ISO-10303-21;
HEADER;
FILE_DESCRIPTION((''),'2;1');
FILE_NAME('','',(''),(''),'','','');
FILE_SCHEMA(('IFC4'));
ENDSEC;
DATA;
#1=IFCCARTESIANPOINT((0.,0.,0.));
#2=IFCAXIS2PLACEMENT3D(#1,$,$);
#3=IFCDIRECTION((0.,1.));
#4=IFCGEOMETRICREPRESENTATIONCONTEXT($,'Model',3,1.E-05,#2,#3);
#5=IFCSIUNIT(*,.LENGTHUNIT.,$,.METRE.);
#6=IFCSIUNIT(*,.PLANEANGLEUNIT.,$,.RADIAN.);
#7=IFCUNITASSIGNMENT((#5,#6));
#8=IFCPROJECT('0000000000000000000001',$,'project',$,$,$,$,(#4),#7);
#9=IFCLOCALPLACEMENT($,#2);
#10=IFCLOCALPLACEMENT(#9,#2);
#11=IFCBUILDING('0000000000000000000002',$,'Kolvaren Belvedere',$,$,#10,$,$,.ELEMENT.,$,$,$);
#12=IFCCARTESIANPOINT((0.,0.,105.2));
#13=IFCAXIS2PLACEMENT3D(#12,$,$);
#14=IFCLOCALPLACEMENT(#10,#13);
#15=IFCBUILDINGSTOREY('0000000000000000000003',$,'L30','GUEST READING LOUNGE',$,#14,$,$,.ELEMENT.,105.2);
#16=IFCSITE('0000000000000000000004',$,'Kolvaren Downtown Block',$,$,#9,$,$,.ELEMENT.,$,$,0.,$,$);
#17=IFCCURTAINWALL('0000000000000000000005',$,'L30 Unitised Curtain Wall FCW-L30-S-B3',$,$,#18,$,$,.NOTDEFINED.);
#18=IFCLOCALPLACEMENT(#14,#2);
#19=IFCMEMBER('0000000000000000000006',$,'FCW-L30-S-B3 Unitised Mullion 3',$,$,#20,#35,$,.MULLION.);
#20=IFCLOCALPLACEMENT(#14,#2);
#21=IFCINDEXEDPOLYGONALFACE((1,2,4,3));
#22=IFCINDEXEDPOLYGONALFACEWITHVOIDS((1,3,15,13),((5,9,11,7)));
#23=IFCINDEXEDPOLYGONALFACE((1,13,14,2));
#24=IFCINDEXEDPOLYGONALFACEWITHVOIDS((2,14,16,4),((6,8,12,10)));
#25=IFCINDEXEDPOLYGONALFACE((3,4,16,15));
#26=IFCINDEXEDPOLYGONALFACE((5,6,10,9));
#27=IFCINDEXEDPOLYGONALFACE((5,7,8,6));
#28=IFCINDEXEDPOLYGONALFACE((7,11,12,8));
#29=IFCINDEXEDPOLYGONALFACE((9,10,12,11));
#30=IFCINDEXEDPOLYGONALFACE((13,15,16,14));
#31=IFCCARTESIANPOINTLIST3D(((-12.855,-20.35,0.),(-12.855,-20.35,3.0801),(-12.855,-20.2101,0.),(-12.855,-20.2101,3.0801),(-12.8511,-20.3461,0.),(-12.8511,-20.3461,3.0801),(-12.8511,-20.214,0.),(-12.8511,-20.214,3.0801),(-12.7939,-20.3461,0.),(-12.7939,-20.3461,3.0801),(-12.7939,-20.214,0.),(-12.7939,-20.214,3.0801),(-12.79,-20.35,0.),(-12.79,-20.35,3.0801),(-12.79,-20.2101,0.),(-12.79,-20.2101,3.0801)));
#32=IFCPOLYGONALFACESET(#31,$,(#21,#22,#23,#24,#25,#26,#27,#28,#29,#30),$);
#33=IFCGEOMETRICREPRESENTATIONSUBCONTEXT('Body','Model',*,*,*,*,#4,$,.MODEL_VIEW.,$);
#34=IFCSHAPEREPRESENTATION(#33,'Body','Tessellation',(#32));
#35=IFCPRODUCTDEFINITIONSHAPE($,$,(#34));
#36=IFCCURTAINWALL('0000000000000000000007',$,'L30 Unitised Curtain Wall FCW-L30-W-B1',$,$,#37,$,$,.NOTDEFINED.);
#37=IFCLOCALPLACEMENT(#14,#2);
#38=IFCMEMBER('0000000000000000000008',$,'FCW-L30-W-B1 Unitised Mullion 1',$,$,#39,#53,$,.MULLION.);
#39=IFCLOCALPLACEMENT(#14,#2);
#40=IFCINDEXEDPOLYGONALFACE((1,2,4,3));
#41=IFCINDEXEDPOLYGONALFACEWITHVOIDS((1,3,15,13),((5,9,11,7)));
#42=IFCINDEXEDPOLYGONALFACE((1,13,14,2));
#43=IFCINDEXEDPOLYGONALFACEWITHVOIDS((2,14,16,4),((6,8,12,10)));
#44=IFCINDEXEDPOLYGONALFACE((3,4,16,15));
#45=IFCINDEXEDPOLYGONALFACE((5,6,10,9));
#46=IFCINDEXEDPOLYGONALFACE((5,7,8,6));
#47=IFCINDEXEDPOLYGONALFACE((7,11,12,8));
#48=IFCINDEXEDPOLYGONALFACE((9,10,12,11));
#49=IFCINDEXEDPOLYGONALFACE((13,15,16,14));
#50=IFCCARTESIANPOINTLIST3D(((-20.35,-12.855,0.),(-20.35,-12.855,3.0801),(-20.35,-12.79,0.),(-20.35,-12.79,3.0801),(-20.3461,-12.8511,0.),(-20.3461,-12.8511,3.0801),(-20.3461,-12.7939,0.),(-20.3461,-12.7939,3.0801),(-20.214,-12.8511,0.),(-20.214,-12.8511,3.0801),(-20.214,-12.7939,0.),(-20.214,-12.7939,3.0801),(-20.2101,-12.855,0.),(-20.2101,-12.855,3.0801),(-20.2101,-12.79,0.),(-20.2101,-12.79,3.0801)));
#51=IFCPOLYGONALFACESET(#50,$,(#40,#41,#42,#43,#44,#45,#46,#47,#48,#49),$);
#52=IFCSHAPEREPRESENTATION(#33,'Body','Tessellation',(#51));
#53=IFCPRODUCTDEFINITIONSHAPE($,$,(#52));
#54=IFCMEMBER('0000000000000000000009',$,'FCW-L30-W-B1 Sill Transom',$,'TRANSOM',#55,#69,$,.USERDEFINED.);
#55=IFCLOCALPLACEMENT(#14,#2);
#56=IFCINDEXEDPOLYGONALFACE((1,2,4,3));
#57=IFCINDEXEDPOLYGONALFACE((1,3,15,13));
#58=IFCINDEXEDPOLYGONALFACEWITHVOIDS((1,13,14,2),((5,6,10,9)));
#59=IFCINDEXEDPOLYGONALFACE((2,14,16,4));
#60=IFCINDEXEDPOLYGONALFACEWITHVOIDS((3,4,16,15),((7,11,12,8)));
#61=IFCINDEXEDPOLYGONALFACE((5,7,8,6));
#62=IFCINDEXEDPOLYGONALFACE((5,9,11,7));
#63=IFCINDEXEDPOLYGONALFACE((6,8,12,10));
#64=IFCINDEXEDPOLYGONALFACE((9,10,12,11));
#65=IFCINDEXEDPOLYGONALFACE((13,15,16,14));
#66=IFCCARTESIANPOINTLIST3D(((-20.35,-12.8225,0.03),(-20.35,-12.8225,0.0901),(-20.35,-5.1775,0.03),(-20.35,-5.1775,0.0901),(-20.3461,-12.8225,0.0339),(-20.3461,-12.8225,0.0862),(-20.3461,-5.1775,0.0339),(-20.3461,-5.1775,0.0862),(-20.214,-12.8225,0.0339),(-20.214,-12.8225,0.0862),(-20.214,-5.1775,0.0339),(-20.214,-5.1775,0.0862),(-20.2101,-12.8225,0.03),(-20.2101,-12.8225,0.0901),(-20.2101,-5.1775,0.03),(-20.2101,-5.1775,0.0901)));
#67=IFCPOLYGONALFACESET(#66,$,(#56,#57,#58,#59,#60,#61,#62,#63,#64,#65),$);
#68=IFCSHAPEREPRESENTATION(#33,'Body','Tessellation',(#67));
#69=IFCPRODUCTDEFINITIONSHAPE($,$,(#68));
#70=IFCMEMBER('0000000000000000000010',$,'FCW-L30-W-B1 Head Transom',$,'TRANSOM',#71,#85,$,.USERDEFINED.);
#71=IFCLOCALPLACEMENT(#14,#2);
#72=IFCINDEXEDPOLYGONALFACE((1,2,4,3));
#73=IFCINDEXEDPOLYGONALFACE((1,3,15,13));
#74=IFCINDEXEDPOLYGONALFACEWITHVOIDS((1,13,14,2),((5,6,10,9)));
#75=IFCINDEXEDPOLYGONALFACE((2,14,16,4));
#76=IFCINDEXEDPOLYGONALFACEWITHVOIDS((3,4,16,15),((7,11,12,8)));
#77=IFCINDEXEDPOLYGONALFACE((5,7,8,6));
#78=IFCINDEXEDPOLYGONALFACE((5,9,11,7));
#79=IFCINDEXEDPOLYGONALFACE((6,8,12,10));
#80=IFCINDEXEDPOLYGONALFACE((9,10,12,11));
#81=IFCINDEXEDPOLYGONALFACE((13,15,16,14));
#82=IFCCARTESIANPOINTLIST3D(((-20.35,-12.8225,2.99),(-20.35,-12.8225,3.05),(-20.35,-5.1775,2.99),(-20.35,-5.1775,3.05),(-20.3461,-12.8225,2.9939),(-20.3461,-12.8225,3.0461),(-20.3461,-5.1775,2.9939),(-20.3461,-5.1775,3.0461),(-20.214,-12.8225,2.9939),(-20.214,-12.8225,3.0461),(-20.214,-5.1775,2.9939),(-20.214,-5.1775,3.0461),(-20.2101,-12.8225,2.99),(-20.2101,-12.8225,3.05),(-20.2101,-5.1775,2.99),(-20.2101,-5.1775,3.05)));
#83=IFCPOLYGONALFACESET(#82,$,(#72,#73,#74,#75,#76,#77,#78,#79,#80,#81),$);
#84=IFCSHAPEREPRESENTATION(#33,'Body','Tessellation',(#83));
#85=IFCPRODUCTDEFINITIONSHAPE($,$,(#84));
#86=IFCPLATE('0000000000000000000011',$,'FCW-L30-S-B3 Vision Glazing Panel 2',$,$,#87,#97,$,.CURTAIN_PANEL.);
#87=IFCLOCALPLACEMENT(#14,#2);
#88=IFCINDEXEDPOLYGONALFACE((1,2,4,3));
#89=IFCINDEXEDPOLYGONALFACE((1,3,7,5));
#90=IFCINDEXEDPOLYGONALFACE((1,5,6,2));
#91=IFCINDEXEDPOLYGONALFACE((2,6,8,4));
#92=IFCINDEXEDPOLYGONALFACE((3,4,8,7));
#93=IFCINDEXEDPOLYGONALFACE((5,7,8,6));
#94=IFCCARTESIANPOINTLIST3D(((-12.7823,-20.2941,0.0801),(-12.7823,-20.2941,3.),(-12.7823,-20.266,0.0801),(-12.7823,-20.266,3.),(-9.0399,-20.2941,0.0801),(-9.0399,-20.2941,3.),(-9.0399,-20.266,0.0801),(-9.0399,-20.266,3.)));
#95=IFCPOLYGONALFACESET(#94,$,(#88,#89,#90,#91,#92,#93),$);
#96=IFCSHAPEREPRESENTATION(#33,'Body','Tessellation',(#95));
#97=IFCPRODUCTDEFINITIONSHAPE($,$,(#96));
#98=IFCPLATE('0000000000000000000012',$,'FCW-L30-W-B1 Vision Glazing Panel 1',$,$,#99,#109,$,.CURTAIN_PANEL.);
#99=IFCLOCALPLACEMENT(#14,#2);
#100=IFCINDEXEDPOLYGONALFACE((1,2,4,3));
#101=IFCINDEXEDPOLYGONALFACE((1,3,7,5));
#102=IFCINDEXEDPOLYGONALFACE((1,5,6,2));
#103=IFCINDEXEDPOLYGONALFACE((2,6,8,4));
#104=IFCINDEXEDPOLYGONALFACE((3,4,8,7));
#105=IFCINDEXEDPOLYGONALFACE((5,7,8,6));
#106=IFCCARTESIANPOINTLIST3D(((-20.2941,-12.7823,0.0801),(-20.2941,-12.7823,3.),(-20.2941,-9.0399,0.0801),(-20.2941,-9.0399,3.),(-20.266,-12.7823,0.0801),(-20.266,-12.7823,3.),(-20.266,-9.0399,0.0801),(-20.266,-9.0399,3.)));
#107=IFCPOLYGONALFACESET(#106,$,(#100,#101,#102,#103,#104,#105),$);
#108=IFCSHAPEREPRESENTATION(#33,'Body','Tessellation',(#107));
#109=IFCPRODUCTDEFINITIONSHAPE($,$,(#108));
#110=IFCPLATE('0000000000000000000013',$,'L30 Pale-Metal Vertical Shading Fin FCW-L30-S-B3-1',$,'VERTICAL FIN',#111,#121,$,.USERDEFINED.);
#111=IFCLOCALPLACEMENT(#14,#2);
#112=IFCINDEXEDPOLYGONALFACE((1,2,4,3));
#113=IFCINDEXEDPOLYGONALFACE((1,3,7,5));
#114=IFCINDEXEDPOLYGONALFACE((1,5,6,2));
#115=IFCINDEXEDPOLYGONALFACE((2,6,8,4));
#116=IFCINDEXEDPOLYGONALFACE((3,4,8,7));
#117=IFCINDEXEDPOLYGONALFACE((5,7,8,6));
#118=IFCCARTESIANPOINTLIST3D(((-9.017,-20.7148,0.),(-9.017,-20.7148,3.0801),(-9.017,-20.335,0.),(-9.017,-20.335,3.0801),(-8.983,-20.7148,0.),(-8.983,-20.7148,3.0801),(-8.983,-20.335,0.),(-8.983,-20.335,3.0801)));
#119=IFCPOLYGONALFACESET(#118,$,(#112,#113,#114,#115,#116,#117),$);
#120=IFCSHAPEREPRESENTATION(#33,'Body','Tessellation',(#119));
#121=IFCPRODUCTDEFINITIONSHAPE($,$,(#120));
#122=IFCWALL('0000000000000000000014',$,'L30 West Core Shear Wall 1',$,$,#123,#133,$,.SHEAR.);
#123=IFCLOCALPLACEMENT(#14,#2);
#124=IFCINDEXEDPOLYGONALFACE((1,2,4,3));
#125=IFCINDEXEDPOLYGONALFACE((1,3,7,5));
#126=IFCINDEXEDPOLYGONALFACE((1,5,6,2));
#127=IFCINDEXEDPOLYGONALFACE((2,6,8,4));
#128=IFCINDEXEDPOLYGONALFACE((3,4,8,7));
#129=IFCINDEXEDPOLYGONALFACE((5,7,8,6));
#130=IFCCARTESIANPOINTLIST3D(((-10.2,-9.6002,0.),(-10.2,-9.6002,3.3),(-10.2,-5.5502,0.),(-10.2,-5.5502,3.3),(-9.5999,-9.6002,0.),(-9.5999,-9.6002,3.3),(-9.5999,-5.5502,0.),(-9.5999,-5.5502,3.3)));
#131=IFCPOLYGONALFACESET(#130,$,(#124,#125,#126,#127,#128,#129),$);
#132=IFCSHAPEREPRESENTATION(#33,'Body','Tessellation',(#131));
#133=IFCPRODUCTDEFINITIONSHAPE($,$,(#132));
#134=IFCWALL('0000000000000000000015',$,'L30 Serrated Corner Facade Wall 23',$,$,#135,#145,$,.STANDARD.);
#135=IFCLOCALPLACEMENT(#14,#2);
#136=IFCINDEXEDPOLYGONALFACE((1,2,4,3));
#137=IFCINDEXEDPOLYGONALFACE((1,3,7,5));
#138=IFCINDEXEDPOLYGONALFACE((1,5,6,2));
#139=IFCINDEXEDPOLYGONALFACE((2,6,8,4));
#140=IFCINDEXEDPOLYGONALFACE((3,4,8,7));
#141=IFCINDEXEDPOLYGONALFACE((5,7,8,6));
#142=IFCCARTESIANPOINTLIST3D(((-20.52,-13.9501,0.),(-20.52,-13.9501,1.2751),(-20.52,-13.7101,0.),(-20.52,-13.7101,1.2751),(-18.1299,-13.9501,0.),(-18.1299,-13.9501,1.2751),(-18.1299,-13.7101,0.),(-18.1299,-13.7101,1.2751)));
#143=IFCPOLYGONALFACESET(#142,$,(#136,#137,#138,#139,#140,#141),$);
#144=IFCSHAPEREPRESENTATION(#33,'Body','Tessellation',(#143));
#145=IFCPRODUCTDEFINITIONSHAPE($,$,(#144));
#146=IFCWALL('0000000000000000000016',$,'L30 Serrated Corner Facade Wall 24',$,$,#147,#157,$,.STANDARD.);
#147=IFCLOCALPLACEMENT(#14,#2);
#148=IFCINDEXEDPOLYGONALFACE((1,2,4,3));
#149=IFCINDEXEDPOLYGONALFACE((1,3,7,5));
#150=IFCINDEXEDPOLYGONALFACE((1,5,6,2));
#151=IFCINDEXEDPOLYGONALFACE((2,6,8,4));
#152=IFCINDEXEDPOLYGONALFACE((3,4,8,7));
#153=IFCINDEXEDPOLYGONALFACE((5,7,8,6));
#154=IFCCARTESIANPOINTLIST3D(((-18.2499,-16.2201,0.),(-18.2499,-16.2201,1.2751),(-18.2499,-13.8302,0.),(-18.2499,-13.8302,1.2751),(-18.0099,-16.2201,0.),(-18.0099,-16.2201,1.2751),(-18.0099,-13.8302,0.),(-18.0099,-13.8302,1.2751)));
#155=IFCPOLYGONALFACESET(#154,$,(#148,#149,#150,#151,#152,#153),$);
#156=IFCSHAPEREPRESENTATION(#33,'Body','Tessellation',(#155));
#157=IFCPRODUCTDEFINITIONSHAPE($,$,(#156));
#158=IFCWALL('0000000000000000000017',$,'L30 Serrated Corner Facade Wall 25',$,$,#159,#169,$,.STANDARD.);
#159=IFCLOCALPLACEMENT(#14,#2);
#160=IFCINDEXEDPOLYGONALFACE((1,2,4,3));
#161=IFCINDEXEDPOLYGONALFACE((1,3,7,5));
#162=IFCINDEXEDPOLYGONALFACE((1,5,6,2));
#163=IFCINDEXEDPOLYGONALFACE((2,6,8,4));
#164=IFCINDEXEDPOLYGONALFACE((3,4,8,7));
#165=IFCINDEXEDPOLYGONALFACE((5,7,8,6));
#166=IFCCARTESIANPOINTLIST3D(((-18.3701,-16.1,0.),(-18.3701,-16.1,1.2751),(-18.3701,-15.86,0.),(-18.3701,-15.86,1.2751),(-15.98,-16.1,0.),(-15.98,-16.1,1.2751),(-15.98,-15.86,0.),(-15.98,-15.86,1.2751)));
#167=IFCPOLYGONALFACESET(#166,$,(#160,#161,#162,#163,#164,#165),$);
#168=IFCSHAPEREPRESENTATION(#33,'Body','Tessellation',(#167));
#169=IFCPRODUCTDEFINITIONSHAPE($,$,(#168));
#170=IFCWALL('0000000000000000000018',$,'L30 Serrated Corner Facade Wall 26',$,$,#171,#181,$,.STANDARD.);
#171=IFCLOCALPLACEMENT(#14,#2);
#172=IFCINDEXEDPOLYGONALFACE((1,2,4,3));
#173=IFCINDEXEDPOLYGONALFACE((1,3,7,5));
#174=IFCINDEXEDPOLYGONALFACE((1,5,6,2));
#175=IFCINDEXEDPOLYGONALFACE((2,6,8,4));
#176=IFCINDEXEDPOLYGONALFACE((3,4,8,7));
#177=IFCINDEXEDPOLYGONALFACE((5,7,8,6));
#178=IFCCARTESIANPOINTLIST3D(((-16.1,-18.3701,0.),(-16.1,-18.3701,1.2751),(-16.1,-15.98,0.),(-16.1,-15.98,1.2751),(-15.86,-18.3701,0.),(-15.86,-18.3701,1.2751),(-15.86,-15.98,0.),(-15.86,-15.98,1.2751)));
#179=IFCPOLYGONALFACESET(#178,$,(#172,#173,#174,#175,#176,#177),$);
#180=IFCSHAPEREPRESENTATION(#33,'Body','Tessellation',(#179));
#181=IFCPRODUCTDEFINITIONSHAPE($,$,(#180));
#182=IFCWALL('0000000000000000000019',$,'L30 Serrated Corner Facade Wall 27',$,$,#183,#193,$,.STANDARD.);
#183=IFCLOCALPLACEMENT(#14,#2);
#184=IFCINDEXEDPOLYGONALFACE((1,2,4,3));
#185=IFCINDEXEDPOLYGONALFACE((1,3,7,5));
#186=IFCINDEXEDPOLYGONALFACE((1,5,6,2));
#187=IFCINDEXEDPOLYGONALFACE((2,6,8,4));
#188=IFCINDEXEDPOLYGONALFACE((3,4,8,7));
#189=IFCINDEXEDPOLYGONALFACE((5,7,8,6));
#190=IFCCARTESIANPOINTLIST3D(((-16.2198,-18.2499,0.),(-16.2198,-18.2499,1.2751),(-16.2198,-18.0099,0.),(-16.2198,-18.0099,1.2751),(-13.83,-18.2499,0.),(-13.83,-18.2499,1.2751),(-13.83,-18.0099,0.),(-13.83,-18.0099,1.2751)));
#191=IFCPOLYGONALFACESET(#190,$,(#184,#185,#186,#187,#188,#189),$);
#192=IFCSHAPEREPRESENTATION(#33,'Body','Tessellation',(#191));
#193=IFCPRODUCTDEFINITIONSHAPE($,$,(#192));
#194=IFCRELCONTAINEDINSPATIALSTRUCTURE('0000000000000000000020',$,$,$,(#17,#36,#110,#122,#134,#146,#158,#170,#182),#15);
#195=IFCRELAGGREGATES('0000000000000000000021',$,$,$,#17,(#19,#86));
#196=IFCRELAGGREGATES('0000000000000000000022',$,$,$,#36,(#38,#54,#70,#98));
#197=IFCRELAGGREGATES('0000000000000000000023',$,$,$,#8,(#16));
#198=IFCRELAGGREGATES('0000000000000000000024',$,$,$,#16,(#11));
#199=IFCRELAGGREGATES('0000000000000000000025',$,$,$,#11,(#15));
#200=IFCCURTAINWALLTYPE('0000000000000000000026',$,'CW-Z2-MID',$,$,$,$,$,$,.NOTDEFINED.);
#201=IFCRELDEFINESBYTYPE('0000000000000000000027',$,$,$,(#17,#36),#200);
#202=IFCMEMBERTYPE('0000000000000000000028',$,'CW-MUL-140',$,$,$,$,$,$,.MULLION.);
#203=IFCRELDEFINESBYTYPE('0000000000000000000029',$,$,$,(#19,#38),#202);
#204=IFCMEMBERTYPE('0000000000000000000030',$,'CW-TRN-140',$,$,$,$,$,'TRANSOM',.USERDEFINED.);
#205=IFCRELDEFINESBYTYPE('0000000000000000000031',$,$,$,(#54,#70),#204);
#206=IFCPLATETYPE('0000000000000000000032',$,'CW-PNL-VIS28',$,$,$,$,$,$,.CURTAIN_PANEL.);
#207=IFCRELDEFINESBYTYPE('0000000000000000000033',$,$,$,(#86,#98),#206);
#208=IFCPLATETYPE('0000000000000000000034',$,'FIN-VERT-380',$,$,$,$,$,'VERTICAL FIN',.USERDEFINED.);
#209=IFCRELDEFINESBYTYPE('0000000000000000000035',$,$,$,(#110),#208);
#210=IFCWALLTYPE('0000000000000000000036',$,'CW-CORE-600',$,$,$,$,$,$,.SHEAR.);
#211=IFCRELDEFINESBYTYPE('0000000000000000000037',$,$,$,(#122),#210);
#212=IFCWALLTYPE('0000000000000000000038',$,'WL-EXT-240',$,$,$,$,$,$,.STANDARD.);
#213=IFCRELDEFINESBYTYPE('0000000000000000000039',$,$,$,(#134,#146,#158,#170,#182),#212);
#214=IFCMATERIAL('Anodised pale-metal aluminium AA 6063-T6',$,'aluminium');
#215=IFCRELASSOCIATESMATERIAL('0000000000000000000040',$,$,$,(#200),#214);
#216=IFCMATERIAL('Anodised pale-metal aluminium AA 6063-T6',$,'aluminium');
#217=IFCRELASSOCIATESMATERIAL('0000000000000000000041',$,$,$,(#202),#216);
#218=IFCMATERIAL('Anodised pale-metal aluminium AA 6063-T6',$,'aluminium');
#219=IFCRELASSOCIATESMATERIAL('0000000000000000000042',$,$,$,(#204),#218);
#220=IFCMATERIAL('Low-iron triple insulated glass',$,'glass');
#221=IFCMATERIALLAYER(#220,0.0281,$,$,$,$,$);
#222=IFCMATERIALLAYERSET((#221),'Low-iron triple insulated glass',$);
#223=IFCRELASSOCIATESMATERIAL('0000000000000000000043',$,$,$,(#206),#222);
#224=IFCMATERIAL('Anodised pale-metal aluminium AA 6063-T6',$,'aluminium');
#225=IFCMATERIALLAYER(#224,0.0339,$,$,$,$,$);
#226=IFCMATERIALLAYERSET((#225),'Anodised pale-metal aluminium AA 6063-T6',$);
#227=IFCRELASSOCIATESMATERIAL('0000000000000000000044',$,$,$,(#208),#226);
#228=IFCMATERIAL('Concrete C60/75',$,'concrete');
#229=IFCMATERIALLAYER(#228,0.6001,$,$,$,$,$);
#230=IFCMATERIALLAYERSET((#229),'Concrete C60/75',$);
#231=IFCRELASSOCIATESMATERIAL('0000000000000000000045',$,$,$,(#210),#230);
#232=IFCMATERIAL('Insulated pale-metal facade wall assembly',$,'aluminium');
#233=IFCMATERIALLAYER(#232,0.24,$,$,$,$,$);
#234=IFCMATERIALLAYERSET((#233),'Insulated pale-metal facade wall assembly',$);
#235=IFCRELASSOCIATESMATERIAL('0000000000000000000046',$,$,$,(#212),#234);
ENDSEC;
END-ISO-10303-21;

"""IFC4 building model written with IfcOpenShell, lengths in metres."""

from ifc_helpers import new_model, si_unit, direction, frame, frame_2d, origin, origin_2d, place, context, subcontext, project, spatial, rectangle, hollow_rectangle, extrude, material, layer, layer_set, material_profile, profile_set, type_object, element, aggregate, save


model = new_model("IFC4")

# Units and contexts
model_context = context("Model", 3, precision=1e-05, world=origin(), true_north=direction((0.0, 1.0)))
body_context = subcontext(model_context, "Body", "Model", "MODEL_VIEW")
ifc_project = project(units=[si_unit("LENGTHUNIT", "METRE"), si_unit("PLANEANGLEUNIT", "RADIAN")], contexts=[model_context])

# Site, building, storey
site_placement = place(None, origin())
site = spatial("IfcSite", under=ifc_project, at=site_placement, Name="Kolvaren Downtown Block", CompositionType="ELEMENT", RefElevation=0.0)
building_placement = place(site_placement, origin())
building = spatial("IfcBuilding", under=site, at=building_placement, Name="Kolvaren Belvedere", CompositionType="ELEMENT")
storey_placement = place(building_placement, frame((0.0, 0.0, 105.2)))
storey = spatial("IfcBuildingStorey", under=building, at=storey_placement, Name="L30", Description="GUEST READING LOUNGE", CompositionType="ELEMENT", Elevation=105.2)

# Curtain wall, member
ifc_material_1 = material(Name="Anodised pale-metal aluminium AA 6063-T6", Category="aluminium")
curtain_wall_type = type_object("IfcCurtainWallType", Name="CW-Z2-MID", PredefinedType="NOTDEFINED", material=ifc_material_1)
curtain_wall_1_placement = place(storey_placement, origin())
curtain_wall_1 = element("IfcCurtainWall", 1, at=curtain_wall_1_placement, inside=storey, type_object=curtain_wall_type, Name="L30 Unitised Curtain Wall FCW-L30-S-B3", PredefinedType="NOTDEFINED")
ifc_material_2 = material(Name="Anodised pale-metal aluminium AA 6063-T6", Category="aluminium")
ifc_material_profile_1 = material_profile(ifc_material_2, hollow_rectangle(XDim=0.0649, YDim=0.1399, WallThickness=0.0039, at=origin_2d()), Name="ALU-MUL-140X65")
ifc_profile_set_1 = profile_set([ifc_material_profile_1], Name="Anodised pale-metal aluminium AA 6063-T6")
member_type_1 = type_object("IfcMemberType", Name="CW-MUL-140", PredefinedType="MULLION", material=ifc_profile_set_1)
member_1_placement = place(storey_placement, frame((-12.8225, -20.28, 0.0), z_axis=(0.0, 0.0, 1.0), x_axis=(1.0, 0.0, 0.0)))
member_1 = element("IfcMember", 2, at=member_1_placement, type_object=member_type_1, Name="FCW-L30-S-B3 Unitised Mullion 3", PredefinedType="MULLION", context=body_context, shape_type="SweptSolid", body=[
    extrude(hollow_rectangle(XDim=0.0649, YDim=0.1399, WallThickness=0.0039, at=origin_2d()), origin(), (0.0, 0.0, 1.0), 3.0801),
])

# Curtain wall, members
curtain_wall_2_placement = place(storey_placement, origin())
curtain_wall_2 = element("IfcCurtainWall", 3, at=curtain_wall_2_placement, inside=storey, type_object=curtain_wall_type, Name="L30 Unitised Curtain Wall FCW-L30-W-B1", PredefinedType="NOTDEFINED")
member_2_placement = place(storey_placement, frame((-20.28, -12.8225, 0.0), z_axis=(0.0, 0.0, 1.0), x_axis=(0.0, 1.0, 0.0)))
member_2 = element("IfcMember", 4, at=member_2_placement, type_object=member_type_1, Name="FCW-L30-W-B1 Unitised Mullion 1", PredefinedType="MULLION", context=body_context, shape_type="SweptSolid", body=[
    extrude(hollow_rectangle(XDim=0.0649, YDim=0.1399, WallThickness=0.0039, at=origin_2d()), origin(), (0.0, 0.0, 1.0), 3.0801),
])
ifc_material_3 = material(Name="Anodised pale-metal aluminium AA 6063-T6", Category="aluminium")
ifc_material_profile_2 = material_profile(ifc_material_3, hollow_rectangle(XDim=0.0601, YDim=0.1399, WallThickness=0.0039, at=origin_2d()), Name="ALU-TRN-140X60")
ifc_profile_set_2 = profile_set([ifc_material_profile_2], Name="Anodised pale-metal aluminium AA 6063-T6")
member_type_2 = type_object("IfcMemberType", Name="CW-TRN-140", ElementType="TRANSOM", PredefinedType="USERDEFINED", material=ifc_profile_set_2)
member_3_placement = place(storey_placement, frame((-20.28, -12.8225, 0.0601), z_axis=(0.0, 1.0, 0.0), x_axis=(0.0, 0.0, 1.0)))
member_3 = element("IfcMember", 5, at=member_3_placement, type_object=member_type_2, Name="FCW-L30-W-B1 Sill Transom", ObjectType="TRANSOM", PredefinedType="USERDEFINED", context=body_context, shape_type="SweptSolid", body=[
    extrude(hollow_rectangle(XDim=0.0601, YDim=0.1399, WallThickness=0.0039, at=origin_2d()), origin(), (0.0, 0.0, 1.0), 7.645),
])
member_4_placement = place(storey_placement, frame((-20.28, -12.8225, 3.02), z_axis=(0.0, 1.0, 0.0), x_axis=(0.0, 0.0, 1.0)))
member_4 = element("IfcMember", 6, at=member_4_placement, type_object=member_type_2, Name="FCW-L30-W-B1 Head Transom", ObjectType="TRANSOM", PredefinedType="USERDEFINED", context=body_context, shape_type="SweptSolid", body=[
    extrude(hollow_rectangle(XDim=0.0601, YDim=0.1399, WallThickness=0.0039, at=origin_2d()), origin(), (0.0, 0.0, 1.0), 7.645),
])

# Plates
ifc_material_4 = material(Name="Low-iron triple insulated glass", Category="glass")
ifc_layer_1 = layer(ifc_material_4, 0.0281)
ifc_layer_set_1 = layer_set([ifc_layer_1], Name="Low-iron triple insulated glass")
plate_type_1 = type_object("IfcPlateType", Name="CW-PNL-VIS28", PredefinedType="CURTAIN_PANEL", material=ifc_layer_set_1)
plate_1_placement = place(storey_placement, frame((-10.9111, -20.28, 0.0801), z_axis=(0.0, 0.0, 1.0), x_axis=(-1.0, 0.0, 0.0)))
plate_1 = element("IfcPlate", 7, at=plate_1_placement, type_object=plate_type_1, Name="FCW-L30-S-B3 Vision Glazing Panel 2", PredefinedType="CURTAIN_PANEL", context=body_context, shape_type="SweptSolid", body=[
    extrude(rectangle(XDim=3.7424, YDim=0.0281, at=origin_2d()), origin(), (0.0, 0.0, 1.0), 2.9199),
])
aggregate(curtain_wall_1, [member_1, plate_1])
plate_2_placement = place(storey_placement, frame((-20.28, -10.9111, 0.0801), z_axis=(0.0, 0.0, 1.0), x_axis=(0.0, 1.0, 0.0)))
plate_2 = element("IfcPlate", 8, at=plate_2_placement, type_object=plate_type_1, Name="FCW-L30-W-B1 Vision Glazing Panel 1", PredefinedType="CURTAIN_PANEL", context=body_context, shape_type="SweptSolid", body=[
    extrude(rectangle(XDim=3.7424, YDim=0.0281, at=origin_2d()), origin(), (0.0, 0.0, 1.0), 2.9199),
])
aggregate(curtain_wall_2, [member_2, member_3, member_4, plate_2])
ifc_material_5 = material(Name="Anodised pale-metal aluminium AA 6063-T6", Category="aluminium")
ifc_layer_2 = layer(ifc_material_5, 0.0339)
ifc_layer_set_2 = layer_set([ifc_layer_2], Name="Anodised pale-metal aluminium AA 6063-T6")
plate_type_2 = type_object("IfcPlateType", Name="FIN-VERT-380", ElementType="VERTICAL FIN", PredefinedType="USERDEFINED", material=ifc_layer_set_2)
plate_3_placement = place(storey_placement, frame((-9.0, -20.5249, 0.0), z_axis=(0.0, 0.0, 1.0), x_axis=(0.0, 1.0, 0.0)))
element("IfcPlate", 9, at=plate_3_placement, inside=storey, type_object=plate_type_2, Name="L30 Pale-Metal Vertical Shading Fin FCW-L30-S-B3-1", ObjectType="VERTICAL FIN", PredefinedType="USERDEFINED", context=body_context, shape_type="SweptSolid", body=[
    extrude(rectangle(XDim=0.3799, YDim=0.0339, at=origin_2d()), origin(), (0.0, 0.0, 1.0), 3.0801),
])

# Walls
ifc_material_6 = material(Name="Concrete C60/75", Category="concrete")
ifc_layer_3 = layer(ifc_material_6, 0.6001)
ifc_layer_set_3 = layer_set([ifc_layer_3], Name="Concrete C60/75")
wall_type_1 = type_object("IfcWallType", Name="CW-CORE-600", PredefinedType="SHEAR", material=ifc_layer_set_3)
wall_1_placement = place(storey_placement, frame((-9.8999, -9.6001, 0.0), z_axis=(0.0, 0.0, 1.0), x_axis=(0.0, 1.0, 0.0)))
element("IfcWall", 10, at=wall_1_placement, inside=storey, type_object=wall_type_1, Name="L30 West Core Shear Wall 1", PredefinedType="SHEAR", context=body_context, shape_type="SweptSolid", body=[
    extrude(rectangle(XDim=4.05, YDim=0.6001, at=frame_2d((2.0249, 0.0))), origin(), (0.0, 0.0, 1.0), 3.3),
])
ifc_material_7 = material(Name="Insulated pale-metal facade wall assembly", Category="aluminium")
ifc_layer_4 = layer(ifc_material_7, 0.24)
ifc_layer_set_4 = layer_set([ifc_layer_4], Name="Insulated pale-metal facade wall assembly")
wall_type_2 = type_object("IfcWallType", Name="WL-EXT-240", PredefinedType="STANDARD", material=ifc_layer_set_4)
wall_2_placement = place(storey_placement, frame((-18.1299, -13.8301, 0.0), z_axis=(0.0, 0.0, 1.0), x_axis=(-1.0, 0.0, 0.0)))
element("IfcWall", 11, at=wall_2_placement, inside=storey, type_object=wall_type_2, Name="L30 Serrated Corner Facade Wall 23", PredefinedType="STANDARD", context=body_context, shape_type="SweptSolid", body=[
    extrude(rectangle(XDim=2.3901, YDim=0.24, at=frame_2d((1.1951, 0.0))), origin(), (0.0, 0.0, 1.0), 1.2751),
])
wall_3_placement = place(storey_placement, frame((-18.1299, -16.22, 0.0), z_axis=(0.0, 0.0, 1.0), x_axis=(0.0, 1.0, 0.0)))
element("IfcWall", 12, at=wall_3_placement, inside=storey, type_object=wall_type_2, Name="L30 Serrated Corner Facade Wall 24", PredefinedType="STANDARD", context=body_context, shape_type="SweptSolid", body=[
    extrude(rectangle(XDim=2.3899, YDim=0.24, at=frame_2d((1.1948, 0.0))), origin(), (0.0, 0.0, 1.0), 1.2751),
])
for number, where, z_axis, x_axis, name in (
    (13, (-15.98, -15.98, 0.0), (0.0, 0.0, 1.0), (-1.0, 0.0, 0.0), "L30 Serrated Corner Facade Wall 25"),
    (14, (-15.98, -18.3701, 0.0), (0.0, 0.0, 1.0), (0.0, 1.0, 0.0), "L30 Serrated Corner Facade Wall 26"),
):
    element("IfcWall", number, at=place(storey_placement, frame(where, z_axis=z_axis, x_axis=x_axis)), inside=storey, type_object=wall_type_2, Name=name, PredefinedType="STANDARD", context=body_context, shape_type="SweptSolid", body=[
        extrude(rectangle(XDim=2.3901, YDim=0.24, at=frame_2d((1.1951, 0.0))), origin(), (0.0, 0.0, 1.0), 1.2751),
    ])
wall_4_placement = place(storey_placement, frame((-13.8301, -18.1299, 0.0), z_axis=(0.0, 0.0, 1.0), x_axis=(-1.0, 0.0, 0.0)))
element("IfcWall", 15, at=wall_4_placement, inside=storey, type_object=wall_type_2, Name="L30 Serrated Corner Facade Wall 27", PredefinedType="STANDARD", context=body_context, shape_type="SweptSolid", body=[
    extrude(rectangle(XDim=2.3899, YDim=0.24, at=frame_2d((1.1948, 0.0))), origin(), (0.0, 0.0, 1.0), 1.2751),
])

save(model, "model.ifc")
